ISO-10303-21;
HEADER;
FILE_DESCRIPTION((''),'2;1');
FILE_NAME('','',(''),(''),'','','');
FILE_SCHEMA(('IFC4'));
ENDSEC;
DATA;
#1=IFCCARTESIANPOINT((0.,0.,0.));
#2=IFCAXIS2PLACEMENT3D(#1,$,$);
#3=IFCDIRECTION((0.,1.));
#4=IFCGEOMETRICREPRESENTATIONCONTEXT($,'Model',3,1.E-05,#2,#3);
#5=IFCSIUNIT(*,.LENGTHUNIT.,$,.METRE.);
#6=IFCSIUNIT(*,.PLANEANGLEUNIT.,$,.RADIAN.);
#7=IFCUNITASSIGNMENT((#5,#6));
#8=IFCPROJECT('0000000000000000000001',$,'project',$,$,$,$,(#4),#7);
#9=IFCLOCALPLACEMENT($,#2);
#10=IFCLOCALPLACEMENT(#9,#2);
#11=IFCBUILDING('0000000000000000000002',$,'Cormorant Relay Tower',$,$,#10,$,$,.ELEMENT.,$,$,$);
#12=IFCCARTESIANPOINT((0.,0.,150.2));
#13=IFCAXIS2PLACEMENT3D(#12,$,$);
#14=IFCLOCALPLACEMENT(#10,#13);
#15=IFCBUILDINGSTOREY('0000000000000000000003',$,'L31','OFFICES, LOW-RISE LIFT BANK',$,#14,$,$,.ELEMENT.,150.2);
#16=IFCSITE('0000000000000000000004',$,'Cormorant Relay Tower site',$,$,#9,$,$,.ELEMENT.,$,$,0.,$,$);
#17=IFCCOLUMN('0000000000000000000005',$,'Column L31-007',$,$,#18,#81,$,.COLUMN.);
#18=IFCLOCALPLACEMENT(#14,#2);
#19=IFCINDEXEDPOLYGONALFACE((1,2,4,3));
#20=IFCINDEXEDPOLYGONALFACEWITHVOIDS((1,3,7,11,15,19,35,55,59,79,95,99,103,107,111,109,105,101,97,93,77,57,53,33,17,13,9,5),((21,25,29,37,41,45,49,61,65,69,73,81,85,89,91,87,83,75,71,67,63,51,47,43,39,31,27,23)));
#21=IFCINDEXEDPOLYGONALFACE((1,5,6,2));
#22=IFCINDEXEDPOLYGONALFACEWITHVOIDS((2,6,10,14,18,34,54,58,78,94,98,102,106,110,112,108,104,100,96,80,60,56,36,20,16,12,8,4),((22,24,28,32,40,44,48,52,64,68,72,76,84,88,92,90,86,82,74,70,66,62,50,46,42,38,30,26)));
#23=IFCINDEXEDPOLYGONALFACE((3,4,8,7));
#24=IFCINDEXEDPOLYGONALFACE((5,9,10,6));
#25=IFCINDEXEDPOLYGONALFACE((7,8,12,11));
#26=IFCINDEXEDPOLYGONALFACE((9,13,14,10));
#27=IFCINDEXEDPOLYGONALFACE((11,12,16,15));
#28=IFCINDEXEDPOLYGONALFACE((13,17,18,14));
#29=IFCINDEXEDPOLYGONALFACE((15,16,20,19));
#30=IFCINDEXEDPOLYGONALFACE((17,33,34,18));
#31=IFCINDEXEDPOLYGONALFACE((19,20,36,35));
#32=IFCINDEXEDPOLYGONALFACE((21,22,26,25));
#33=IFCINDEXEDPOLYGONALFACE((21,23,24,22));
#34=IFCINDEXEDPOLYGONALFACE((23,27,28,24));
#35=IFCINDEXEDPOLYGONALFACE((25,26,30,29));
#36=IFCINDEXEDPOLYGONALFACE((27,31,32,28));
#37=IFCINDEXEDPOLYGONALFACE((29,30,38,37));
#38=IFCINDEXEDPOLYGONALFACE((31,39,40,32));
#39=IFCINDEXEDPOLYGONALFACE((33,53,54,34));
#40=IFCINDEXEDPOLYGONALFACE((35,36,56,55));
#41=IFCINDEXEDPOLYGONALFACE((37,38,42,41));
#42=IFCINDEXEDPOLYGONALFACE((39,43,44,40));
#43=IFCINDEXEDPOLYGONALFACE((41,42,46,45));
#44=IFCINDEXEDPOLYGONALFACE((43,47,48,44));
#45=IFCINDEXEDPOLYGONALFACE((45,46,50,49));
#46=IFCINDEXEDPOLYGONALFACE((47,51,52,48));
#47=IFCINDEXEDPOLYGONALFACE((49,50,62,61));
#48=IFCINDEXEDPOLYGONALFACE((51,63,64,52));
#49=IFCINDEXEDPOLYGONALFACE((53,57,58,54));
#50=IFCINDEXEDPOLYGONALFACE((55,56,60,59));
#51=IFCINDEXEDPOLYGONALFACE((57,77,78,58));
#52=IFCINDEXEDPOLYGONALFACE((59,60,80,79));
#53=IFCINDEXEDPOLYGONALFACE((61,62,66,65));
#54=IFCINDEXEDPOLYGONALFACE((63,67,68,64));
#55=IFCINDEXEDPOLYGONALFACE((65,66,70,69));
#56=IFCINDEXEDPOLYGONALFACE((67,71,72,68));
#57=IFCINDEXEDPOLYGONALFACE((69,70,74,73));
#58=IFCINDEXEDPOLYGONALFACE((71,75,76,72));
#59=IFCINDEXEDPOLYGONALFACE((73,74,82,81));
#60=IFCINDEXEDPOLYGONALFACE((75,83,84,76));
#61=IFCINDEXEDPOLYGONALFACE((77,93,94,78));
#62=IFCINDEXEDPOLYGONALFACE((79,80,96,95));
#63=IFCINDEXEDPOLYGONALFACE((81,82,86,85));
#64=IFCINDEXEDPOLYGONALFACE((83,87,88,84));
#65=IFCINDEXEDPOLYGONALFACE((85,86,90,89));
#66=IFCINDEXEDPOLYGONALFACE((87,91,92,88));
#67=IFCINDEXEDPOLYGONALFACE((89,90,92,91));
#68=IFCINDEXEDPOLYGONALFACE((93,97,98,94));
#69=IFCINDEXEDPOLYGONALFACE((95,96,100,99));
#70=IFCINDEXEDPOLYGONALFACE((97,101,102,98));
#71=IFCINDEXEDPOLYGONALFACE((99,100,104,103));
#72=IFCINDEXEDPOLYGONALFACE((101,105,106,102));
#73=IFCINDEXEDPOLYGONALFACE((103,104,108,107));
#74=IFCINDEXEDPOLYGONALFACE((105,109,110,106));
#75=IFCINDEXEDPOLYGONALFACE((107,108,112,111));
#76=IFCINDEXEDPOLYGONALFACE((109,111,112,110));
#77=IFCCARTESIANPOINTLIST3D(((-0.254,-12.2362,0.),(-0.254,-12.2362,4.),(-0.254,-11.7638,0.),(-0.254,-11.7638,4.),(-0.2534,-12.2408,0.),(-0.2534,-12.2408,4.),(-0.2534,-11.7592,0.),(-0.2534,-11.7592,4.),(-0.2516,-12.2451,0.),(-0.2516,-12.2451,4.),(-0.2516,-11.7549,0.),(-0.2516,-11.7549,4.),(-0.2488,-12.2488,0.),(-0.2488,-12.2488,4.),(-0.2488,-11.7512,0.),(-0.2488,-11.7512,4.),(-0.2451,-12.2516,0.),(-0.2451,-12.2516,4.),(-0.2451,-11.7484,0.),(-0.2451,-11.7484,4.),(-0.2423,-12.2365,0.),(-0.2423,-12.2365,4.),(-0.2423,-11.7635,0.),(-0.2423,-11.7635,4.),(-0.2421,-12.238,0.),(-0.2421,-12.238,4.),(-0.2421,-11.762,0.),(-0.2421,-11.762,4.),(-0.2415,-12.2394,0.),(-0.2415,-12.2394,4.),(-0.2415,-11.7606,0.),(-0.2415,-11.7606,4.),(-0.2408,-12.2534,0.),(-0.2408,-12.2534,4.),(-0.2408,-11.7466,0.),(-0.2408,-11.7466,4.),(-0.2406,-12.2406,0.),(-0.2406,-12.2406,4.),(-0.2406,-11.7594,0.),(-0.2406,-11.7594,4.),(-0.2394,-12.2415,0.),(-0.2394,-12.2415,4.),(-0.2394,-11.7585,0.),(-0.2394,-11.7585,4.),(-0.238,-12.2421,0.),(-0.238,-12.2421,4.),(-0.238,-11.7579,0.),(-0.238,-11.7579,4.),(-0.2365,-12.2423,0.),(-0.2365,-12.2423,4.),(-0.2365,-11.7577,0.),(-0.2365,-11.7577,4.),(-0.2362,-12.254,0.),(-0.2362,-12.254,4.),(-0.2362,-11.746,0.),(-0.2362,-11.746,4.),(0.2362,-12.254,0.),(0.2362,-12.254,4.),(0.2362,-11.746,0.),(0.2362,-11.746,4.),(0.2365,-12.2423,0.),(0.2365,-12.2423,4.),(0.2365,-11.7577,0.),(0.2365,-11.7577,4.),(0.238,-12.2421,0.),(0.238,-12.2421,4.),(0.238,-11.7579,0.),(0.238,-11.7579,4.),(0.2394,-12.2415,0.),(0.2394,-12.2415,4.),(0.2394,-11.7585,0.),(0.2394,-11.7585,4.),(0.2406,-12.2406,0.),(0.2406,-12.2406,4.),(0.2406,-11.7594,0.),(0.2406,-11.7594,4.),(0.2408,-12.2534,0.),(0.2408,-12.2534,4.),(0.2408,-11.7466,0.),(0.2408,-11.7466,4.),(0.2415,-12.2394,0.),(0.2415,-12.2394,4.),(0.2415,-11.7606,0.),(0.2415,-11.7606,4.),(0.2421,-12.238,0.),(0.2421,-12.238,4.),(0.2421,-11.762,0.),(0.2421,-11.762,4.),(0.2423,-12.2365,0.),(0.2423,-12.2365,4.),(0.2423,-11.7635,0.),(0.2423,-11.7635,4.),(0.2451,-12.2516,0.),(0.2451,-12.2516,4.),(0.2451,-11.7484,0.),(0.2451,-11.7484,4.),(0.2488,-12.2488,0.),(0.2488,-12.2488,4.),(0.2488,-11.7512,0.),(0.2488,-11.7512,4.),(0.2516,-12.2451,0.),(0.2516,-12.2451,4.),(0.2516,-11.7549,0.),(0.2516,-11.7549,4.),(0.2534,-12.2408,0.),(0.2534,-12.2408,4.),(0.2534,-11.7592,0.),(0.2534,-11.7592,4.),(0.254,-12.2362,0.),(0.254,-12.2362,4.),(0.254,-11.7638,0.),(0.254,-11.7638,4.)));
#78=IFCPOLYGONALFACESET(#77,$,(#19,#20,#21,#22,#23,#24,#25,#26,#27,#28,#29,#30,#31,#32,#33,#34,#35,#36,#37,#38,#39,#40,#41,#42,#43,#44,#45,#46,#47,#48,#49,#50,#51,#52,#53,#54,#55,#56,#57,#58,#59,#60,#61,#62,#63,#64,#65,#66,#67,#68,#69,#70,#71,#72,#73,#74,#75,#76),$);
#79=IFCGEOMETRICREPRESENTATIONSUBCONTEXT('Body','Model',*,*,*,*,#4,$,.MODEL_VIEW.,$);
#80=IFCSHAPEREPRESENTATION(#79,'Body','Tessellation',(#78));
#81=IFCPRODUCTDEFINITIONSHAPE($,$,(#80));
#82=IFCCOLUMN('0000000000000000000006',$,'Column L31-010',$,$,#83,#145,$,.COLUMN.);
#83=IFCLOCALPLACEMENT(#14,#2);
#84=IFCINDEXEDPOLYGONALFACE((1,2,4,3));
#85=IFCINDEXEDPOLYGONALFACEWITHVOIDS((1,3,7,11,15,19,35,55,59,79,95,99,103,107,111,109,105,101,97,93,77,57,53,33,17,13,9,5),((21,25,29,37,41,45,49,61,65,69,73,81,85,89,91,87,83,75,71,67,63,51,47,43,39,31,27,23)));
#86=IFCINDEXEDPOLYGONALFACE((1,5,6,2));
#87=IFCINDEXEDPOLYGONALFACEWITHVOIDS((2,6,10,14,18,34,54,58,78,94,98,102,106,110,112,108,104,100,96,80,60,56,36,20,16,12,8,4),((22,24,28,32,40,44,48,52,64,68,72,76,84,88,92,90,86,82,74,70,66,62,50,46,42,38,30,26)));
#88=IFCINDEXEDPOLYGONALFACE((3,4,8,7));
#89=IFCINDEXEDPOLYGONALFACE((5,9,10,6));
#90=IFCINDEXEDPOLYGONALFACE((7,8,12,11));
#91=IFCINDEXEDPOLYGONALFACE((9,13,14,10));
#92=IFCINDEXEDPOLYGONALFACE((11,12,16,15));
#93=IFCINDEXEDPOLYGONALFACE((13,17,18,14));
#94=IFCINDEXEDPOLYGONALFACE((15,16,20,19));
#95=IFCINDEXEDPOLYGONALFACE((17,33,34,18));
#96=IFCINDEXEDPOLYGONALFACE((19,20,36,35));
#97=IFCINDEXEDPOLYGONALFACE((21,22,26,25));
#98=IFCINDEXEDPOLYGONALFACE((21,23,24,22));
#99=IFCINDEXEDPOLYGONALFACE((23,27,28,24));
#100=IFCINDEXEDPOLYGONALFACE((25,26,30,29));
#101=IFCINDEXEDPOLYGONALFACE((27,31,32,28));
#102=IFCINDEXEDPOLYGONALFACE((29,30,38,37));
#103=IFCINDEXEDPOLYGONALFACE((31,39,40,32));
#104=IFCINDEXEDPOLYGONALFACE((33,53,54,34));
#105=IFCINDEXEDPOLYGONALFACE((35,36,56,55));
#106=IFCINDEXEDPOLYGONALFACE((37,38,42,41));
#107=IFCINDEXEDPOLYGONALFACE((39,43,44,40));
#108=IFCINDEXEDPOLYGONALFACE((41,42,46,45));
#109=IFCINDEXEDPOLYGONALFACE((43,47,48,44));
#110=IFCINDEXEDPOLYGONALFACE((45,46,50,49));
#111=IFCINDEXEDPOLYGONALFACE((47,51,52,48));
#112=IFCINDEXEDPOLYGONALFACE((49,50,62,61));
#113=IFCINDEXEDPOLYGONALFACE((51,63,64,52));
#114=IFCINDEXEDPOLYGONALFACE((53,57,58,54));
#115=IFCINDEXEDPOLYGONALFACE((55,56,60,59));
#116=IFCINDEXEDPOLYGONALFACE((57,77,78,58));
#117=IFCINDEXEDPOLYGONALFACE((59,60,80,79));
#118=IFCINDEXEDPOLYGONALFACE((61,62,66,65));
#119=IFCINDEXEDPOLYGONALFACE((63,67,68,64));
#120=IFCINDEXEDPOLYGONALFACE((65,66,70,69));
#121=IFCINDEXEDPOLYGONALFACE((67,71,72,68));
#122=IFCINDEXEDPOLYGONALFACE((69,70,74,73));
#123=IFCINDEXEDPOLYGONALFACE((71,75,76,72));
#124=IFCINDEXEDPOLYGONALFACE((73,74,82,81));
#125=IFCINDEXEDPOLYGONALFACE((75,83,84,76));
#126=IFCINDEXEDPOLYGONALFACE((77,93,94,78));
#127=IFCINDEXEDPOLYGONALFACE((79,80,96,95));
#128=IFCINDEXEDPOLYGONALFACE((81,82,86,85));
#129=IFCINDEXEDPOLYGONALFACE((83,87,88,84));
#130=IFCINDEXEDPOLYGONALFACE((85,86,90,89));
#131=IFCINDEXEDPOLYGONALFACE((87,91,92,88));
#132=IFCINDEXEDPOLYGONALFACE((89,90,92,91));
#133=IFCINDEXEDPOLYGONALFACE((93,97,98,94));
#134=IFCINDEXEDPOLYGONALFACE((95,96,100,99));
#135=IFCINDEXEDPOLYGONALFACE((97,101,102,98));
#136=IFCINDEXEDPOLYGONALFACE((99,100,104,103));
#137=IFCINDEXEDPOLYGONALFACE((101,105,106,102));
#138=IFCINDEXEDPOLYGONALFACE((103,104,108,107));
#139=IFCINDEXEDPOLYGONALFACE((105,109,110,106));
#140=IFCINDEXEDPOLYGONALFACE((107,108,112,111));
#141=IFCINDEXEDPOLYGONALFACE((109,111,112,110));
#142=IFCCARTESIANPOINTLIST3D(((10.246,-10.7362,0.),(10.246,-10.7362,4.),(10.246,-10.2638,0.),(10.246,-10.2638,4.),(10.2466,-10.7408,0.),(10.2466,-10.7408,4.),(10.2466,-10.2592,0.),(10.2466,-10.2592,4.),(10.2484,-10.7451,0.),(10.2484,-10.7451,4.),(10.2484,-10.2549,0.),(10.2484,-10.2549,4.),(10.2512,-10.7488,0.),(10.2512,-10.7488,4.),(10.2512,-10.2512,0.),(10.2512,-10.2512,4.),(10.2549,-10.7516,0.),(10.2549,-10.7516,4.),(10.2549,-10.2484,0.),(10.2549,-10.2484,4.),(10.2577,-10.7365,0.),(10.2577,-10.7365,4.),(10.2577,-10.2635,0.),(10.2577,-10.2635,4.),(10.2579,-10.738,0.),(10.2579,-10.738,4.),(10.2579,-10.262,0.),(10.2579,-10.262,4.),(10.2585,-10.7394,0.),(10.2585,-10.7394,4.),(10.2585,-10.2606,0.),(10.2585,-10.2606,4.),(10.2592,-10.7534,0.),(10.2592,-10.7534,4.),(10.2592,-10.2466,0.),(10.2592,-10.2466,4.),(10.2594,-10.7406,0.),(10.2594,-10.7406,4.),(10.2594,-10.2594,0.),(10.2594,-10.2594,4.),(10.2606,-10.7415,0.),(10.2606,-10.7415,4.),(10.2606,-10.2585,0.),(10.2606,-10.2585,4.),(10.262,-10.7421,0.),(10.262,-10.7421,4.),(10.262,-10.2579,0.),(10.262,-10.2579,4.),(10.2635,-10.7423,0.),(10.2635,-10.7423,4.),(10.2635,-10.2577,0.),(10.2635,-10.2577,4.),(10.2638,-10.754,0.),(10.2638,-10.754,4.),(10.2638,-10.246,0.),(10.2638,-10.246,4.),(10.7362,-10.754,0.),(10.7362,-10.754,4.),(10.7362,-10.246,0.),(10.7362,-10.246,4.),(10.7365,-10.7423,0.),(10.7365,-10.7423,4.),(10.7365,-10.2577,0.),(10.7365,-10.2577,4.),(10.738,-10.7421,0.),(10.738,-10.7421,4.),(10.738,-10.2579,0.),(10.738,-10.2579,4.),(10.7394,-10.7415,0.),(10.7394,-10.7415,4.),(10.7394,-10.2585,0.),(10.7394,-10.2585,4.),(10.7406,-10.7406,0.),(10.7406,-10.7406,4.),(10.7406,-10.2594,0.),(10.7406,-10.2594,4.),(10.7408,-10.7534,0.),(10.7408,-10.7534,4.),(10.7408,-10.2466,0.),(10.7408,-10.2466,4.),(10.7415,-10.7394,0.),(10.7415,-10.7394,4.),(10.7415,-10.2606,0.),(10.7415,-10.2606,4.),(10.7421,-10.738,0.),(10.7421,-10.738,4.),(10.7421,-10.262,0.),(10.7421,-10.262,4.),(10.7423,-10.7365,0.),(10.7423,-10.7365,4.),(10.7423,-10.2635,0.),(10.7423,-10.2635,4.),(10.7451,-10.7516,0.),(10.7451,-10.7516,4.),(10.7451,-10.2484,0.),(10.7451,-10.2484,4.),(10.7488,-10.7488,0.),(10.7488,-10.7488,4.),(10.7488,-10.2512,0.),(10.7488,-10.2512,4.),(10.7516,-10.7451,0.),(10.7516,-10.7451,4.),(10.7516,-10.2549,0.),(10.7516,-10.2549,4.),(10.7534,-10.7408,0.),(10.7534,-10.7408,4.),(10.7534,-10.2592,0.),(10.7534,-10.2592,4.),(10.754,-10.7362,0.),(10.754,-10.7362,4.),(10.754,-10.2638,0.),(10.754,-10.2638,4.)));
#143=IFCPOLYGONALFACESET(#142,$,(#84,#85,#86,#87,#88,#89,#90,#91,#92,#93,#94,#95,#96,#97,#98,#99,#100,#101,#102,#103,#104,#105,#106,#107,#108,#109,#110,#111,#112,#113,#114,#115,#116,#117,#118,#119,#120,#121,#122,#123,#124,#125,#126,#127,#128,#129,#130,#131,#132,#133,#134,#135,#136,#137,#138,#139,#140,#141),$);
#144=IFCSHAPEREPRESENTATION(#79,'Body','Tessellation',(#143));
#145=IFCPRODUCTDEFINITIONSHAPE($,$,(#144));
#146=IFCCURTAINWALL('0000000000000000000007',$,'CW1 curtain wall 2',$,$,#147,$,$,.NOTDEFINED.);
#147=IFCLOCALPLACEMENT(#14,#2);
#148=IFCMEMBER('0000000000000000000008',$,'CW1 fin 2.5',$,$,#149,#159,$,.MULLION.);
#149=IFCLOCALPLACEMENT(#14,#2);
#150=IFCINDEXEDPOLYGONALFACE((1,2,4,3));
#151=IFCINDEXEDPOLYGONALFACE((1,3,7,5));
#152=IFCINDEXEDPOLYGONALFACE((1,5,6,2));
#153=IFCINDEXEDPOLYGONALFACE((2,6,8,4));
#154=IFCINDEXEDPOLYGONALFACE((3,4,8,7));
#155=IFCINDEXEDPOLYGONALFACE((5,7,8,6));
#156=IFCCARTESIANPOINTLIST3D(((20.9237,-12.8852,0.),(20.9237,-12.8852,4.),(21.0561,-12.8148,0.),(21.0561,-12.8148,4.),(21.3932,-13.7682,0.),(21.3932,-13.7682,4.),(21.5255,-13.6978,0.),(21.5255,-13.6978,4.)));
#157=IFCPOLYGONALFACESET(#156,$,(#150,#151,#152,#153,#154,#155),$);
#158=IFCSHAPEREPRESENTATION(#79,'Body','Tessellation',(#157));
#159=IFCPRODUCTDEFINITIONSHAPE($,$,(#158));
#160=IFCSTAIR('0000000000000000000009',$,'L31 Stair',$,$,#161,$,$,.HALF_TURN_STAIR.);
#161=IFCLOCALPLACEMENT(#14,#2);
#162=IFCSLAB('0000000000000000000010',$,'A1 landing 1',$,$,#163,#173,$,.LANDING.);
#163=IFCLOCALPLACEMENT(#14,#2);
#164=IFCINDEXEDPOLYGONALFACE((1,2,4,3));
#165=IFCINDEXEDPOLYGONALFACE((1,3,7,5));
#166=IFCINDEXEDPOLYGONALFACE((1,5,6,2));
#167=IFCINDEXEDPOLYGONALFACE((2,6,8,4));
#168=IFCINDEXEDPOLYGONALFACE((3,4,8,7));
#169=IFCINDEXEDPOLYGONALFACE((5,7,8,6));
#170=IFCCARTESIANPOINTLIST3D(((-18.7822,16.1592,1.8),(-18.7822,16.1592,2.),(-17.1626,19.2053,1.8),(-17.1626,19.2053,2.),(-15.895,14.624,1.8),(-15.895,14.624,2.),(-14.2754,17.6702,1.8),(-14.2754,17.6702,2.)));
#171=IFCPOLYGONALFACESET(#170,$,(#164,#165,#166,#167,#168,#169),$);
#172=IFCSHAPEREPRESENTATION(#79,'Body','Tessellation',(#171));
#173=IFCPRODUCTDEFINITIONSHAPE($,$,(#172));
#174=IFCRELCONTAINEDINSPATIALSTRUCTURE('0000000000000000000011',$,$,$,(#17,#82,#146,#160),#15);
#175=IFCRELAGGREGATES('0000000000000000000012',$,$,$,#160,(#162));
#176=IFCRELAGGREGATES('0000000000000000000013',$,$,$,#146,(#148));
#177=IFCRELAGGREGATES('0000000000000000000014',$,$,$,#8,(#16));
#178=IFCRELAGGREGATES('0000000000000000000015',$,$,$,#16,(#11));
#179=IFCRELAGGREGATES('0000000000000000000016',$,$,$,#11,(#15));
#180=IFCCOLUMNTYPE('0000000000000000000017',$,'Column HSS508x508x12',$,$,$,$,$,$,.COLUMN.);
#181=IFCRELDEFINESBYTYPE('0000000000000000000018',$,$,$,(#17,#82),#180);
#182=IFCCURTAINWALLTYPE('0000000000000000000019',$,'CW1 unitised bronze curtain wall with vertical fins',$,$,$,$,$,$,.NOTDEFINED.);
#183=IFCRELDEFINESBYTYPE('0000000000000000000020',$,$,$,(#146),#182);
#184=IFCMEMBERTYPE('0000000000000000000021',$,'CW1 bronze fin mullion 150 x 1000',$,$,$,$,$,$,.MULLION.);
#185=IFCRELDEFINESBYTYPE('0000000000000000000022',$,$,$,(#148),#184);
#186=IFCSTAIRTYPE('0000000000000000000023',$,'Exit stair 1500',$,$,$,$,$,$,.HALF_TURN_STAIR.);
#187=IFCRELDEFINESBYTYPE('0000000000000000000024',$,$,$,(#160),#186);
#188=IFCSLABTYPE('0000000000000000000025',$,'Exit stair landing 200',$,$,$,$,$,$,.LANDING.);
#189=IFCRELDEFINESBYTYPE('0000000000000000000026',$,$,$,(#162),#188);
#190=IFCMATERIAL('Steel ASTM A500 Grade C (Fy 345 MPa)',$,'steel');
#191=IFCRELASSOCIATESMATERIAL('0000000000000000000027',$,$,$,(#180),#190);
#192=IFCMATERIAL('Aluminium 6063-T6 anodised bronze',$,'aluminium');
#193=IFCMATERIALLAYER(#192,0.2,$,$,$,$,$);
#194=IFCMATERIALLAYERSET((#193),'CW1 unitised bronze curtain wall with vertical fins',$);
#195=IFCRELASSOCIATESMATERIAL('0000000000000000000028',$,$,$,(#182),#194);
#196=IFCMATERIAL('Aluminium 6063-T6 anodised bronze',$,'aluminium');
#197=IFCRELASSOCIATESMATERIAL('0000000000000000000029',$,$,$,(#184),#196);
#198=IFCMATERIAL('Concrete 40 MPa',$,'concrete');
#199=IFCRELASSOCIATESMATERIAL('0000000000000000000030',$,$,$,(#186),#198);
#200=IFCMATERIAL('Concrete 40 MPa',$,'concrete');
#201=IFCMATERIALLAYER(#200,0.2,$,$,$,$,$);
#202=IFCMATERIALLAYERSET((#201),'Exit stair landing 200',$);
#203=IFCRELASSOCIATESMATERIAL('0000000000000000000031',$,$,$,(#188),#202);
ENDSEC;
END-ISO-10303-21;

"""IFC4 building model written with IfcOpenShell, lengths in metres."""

from ifc_helpers import new_model, si_unit, direction, frame, origin, origin_2d, place, context, subcontext, project, spatial, polyline, rectangle, hollow_rectangle, outline, extrude, material, layer, layer_set, material_profile, profile_set, type_object, element, aggregate, save


model = new_model("IFC4")

# Units and contexts
model_context = context("Model", 3, precision=1e-05, world=origin(), true_north=direction((0.0, 1.0)))
body_context = subcontext(model_context, "Body", "Model", "MODEL_VIEW")
ifc_project = project(units=[si_unit("LENGTHUNIT", "METRE"), si_unit("PLANEANGLEUNIT", "RADIAN")], contexts=[model_context])

# Site, building, storey
site_placement = place(None, origin())
site = spatial("IfcSite", under=ifc_project, at=site_placement, Name="Cormorant Relay Tower site", CompositionType="ELEMENT", RefElevation=0.0)
building_placement = place(site_placement, origin())
building = spatial("IfcBuilding", under=site, at=building_placement, Name="Cormorant Relay Tower", CompositionType="ELEMENT")
storey_placement = place(building_placement, frame((0.0, 0.0, 150.2)))
storey = spatial("IfcBuildingStorey", under=building, at=storey_placement, Name="L31", Description="OFFICES, LOW-RISE LIFT BANK", CompositionType="ELEMENT", Elevation=150.2)

# Columns
ifc_material_1 = material(Name="Steel ASTM A500 Grade C (Fy 345 MPa)", Category="steel")
ifc_material_profile_1 = material_profile(ifc_material_1, hollow_rectangle(XDim=0.5081, YDim=0.5081, WallThickness=0.0117, InnerFilletRadius=0.0059, OuterFilletRadius=0.0178, at=origin_2d()), Name="HSS508x508x12")
ifc_profile_set_1 = profile_set([ifc_material_profile_1], Name="Steel ASTM A500 Grade C (Fy 345 MPa)")
column_type = type_object("IfcColumnType", Name="Column HSS508x508x12", PredefinedType="COLUMN", material=ifc_profile_set_1)
for number, where, z_axis, x_axis, name in (
    (1, (0.0, -12.0, 0.0), (0.0, 0.0, 1.0), (1.0, 0.0, 0.0), "Column L31-007"),
    (2, (10.5, -10.5, 0.0), (0.0, 0.0, 1.0), (1.0, 0.0, 0.0), "Column L31-010"),
):
    element("IfcColumn", number, at=place(storey_placement, frame(where, z_axis=z_axis, x_axis=x_axis)), inside=storey, type_object=column_type, Name=name, PredefinedType="COLUMN", context=body_context, shape_type="SweptSolid", body=[
        extrude(hollow_rectangle(XDim=0.5081, YDim=0.5081, WallThickness=0.0117, InnerFilletRadius=0.0059, OuterFilletRadius=0.0178, at=origin_2d()), origin(), (0.0, 0.0, 1.0), 4.0),
    ])

# Curtain wall, member
ifc_material_2 = material(Name="Aluminium 6063-T6 anodised bronze", Category="aluminium")
ifc_layer_1 = layer(ifc_material_2, 0.2)
ifc_layer_set_1 = layer_set([ifc_layer_1], Name="CW1 unitised bronze curtain wall with vertical fins")
curtain_wall_type = type_object("IfcCurtainWallType", Name="CW1 unitised bronze curtain wall with vertical fins", PredefinedType="NOTDEFINED", material=ifc_layer_set_1)
curtain_wall_placement = place(storey_placement, origin())
curtain_wall = element("IfcCurtainWall", 3, at=curtain_wall_placement, inside=storey, type_object=curtain_wall_type, Name="CW1 curtain wall 2", PredefinedType="NOTDEFINED")
ifc_material_3 = material(Name="Aluminium 6063-T6 anodised bronze", Category="aluminium")
ifc_material_profile_2 = material_profile(ifc_material_3, rectangle(XDim=0.1499, YDim=1.0, at=origin_2d()), Name="AL 150x1000")
ifc_profile_set_2 = profile_set([ifc_material_profile_2], Name="Aluminium 6063-T6 anodised bronze")
member_type = type_object("IfcMemberType", Name="CW1 bronze fin mullion 150 x 1000", PredefinedType="MULLION", material=ifc_profile_set_2)
member_placement = place(storey_placement, frame((21.2246, -13.2915, 0.0), z_axis=(0.0, 0.0, 1.0), x_axis=(0.882948, 0.469472, 0.0)))
member = element("IfcMember", 4, at=member_placement, type_object=member_type, Name="CW1 fin 2.5", PredefinedType="MULLION", context=body_context, shape_type="SweptSolid", body=[
    extrude(rectangle(XDim=0.1499, YDim=1.0, at=origin_2d()), origin(), (0.0, 0.0, 1.0), 4.0),
])

# Stair, slab
ifc_material_4 = material(Name="Concrete 40 MPa", Category="concrete")
stair_type = type_object("IfcStairType", Name="Exit stair 1500", PredefinedType="HALF_TURN_STAIR", material=ifc_material_4)
stair_placement = place(storey_placement, origin())
stair = element("IfcStair", 5, at=stair_placement, inside=storey, type_object=stair_type, Name="L31 Stair", PredefinedType="HALF_TURN_STAIR")
ifc_material_5 = material(Name="Concrete 40 MPa", Category="concrete")
ifc_layer_2 = layer(ifc_material_5, 0.2)
ifc_layer_set_2 = layer_set([ifc_layer_2], Name="Exit stair landing 200")
slab_type_1 = type_object("IfcSlabType", Name="Exit stair landing 200", PredefinedType="LANDING", material=ifc_layer_set_2)
slab_1_placement = place(storey_placement, frame((0.0, 0.0, 1.8)))
slab_1 = element("IfcSlab", 6, at=slab_1_placement, type_object=slab_type_1, Name="A1 landing 1", PredefinedType="LANDING", context=body_context, shape_type="SweptSolid", body=[
    extrude(outline(polyline([(-18.7822, 16.1592), (-15.895, 14.624), (-14.2754, 17.6702), (-17.1626, 19.2053), (-18.7822, 16.1592)])), origin(), (0.0, 0.0, 1.0), 0.2),
])
aggregate(stair, [slab_1])

aggregate(curtain_wall, [member])

save(model, "model.ifc")
